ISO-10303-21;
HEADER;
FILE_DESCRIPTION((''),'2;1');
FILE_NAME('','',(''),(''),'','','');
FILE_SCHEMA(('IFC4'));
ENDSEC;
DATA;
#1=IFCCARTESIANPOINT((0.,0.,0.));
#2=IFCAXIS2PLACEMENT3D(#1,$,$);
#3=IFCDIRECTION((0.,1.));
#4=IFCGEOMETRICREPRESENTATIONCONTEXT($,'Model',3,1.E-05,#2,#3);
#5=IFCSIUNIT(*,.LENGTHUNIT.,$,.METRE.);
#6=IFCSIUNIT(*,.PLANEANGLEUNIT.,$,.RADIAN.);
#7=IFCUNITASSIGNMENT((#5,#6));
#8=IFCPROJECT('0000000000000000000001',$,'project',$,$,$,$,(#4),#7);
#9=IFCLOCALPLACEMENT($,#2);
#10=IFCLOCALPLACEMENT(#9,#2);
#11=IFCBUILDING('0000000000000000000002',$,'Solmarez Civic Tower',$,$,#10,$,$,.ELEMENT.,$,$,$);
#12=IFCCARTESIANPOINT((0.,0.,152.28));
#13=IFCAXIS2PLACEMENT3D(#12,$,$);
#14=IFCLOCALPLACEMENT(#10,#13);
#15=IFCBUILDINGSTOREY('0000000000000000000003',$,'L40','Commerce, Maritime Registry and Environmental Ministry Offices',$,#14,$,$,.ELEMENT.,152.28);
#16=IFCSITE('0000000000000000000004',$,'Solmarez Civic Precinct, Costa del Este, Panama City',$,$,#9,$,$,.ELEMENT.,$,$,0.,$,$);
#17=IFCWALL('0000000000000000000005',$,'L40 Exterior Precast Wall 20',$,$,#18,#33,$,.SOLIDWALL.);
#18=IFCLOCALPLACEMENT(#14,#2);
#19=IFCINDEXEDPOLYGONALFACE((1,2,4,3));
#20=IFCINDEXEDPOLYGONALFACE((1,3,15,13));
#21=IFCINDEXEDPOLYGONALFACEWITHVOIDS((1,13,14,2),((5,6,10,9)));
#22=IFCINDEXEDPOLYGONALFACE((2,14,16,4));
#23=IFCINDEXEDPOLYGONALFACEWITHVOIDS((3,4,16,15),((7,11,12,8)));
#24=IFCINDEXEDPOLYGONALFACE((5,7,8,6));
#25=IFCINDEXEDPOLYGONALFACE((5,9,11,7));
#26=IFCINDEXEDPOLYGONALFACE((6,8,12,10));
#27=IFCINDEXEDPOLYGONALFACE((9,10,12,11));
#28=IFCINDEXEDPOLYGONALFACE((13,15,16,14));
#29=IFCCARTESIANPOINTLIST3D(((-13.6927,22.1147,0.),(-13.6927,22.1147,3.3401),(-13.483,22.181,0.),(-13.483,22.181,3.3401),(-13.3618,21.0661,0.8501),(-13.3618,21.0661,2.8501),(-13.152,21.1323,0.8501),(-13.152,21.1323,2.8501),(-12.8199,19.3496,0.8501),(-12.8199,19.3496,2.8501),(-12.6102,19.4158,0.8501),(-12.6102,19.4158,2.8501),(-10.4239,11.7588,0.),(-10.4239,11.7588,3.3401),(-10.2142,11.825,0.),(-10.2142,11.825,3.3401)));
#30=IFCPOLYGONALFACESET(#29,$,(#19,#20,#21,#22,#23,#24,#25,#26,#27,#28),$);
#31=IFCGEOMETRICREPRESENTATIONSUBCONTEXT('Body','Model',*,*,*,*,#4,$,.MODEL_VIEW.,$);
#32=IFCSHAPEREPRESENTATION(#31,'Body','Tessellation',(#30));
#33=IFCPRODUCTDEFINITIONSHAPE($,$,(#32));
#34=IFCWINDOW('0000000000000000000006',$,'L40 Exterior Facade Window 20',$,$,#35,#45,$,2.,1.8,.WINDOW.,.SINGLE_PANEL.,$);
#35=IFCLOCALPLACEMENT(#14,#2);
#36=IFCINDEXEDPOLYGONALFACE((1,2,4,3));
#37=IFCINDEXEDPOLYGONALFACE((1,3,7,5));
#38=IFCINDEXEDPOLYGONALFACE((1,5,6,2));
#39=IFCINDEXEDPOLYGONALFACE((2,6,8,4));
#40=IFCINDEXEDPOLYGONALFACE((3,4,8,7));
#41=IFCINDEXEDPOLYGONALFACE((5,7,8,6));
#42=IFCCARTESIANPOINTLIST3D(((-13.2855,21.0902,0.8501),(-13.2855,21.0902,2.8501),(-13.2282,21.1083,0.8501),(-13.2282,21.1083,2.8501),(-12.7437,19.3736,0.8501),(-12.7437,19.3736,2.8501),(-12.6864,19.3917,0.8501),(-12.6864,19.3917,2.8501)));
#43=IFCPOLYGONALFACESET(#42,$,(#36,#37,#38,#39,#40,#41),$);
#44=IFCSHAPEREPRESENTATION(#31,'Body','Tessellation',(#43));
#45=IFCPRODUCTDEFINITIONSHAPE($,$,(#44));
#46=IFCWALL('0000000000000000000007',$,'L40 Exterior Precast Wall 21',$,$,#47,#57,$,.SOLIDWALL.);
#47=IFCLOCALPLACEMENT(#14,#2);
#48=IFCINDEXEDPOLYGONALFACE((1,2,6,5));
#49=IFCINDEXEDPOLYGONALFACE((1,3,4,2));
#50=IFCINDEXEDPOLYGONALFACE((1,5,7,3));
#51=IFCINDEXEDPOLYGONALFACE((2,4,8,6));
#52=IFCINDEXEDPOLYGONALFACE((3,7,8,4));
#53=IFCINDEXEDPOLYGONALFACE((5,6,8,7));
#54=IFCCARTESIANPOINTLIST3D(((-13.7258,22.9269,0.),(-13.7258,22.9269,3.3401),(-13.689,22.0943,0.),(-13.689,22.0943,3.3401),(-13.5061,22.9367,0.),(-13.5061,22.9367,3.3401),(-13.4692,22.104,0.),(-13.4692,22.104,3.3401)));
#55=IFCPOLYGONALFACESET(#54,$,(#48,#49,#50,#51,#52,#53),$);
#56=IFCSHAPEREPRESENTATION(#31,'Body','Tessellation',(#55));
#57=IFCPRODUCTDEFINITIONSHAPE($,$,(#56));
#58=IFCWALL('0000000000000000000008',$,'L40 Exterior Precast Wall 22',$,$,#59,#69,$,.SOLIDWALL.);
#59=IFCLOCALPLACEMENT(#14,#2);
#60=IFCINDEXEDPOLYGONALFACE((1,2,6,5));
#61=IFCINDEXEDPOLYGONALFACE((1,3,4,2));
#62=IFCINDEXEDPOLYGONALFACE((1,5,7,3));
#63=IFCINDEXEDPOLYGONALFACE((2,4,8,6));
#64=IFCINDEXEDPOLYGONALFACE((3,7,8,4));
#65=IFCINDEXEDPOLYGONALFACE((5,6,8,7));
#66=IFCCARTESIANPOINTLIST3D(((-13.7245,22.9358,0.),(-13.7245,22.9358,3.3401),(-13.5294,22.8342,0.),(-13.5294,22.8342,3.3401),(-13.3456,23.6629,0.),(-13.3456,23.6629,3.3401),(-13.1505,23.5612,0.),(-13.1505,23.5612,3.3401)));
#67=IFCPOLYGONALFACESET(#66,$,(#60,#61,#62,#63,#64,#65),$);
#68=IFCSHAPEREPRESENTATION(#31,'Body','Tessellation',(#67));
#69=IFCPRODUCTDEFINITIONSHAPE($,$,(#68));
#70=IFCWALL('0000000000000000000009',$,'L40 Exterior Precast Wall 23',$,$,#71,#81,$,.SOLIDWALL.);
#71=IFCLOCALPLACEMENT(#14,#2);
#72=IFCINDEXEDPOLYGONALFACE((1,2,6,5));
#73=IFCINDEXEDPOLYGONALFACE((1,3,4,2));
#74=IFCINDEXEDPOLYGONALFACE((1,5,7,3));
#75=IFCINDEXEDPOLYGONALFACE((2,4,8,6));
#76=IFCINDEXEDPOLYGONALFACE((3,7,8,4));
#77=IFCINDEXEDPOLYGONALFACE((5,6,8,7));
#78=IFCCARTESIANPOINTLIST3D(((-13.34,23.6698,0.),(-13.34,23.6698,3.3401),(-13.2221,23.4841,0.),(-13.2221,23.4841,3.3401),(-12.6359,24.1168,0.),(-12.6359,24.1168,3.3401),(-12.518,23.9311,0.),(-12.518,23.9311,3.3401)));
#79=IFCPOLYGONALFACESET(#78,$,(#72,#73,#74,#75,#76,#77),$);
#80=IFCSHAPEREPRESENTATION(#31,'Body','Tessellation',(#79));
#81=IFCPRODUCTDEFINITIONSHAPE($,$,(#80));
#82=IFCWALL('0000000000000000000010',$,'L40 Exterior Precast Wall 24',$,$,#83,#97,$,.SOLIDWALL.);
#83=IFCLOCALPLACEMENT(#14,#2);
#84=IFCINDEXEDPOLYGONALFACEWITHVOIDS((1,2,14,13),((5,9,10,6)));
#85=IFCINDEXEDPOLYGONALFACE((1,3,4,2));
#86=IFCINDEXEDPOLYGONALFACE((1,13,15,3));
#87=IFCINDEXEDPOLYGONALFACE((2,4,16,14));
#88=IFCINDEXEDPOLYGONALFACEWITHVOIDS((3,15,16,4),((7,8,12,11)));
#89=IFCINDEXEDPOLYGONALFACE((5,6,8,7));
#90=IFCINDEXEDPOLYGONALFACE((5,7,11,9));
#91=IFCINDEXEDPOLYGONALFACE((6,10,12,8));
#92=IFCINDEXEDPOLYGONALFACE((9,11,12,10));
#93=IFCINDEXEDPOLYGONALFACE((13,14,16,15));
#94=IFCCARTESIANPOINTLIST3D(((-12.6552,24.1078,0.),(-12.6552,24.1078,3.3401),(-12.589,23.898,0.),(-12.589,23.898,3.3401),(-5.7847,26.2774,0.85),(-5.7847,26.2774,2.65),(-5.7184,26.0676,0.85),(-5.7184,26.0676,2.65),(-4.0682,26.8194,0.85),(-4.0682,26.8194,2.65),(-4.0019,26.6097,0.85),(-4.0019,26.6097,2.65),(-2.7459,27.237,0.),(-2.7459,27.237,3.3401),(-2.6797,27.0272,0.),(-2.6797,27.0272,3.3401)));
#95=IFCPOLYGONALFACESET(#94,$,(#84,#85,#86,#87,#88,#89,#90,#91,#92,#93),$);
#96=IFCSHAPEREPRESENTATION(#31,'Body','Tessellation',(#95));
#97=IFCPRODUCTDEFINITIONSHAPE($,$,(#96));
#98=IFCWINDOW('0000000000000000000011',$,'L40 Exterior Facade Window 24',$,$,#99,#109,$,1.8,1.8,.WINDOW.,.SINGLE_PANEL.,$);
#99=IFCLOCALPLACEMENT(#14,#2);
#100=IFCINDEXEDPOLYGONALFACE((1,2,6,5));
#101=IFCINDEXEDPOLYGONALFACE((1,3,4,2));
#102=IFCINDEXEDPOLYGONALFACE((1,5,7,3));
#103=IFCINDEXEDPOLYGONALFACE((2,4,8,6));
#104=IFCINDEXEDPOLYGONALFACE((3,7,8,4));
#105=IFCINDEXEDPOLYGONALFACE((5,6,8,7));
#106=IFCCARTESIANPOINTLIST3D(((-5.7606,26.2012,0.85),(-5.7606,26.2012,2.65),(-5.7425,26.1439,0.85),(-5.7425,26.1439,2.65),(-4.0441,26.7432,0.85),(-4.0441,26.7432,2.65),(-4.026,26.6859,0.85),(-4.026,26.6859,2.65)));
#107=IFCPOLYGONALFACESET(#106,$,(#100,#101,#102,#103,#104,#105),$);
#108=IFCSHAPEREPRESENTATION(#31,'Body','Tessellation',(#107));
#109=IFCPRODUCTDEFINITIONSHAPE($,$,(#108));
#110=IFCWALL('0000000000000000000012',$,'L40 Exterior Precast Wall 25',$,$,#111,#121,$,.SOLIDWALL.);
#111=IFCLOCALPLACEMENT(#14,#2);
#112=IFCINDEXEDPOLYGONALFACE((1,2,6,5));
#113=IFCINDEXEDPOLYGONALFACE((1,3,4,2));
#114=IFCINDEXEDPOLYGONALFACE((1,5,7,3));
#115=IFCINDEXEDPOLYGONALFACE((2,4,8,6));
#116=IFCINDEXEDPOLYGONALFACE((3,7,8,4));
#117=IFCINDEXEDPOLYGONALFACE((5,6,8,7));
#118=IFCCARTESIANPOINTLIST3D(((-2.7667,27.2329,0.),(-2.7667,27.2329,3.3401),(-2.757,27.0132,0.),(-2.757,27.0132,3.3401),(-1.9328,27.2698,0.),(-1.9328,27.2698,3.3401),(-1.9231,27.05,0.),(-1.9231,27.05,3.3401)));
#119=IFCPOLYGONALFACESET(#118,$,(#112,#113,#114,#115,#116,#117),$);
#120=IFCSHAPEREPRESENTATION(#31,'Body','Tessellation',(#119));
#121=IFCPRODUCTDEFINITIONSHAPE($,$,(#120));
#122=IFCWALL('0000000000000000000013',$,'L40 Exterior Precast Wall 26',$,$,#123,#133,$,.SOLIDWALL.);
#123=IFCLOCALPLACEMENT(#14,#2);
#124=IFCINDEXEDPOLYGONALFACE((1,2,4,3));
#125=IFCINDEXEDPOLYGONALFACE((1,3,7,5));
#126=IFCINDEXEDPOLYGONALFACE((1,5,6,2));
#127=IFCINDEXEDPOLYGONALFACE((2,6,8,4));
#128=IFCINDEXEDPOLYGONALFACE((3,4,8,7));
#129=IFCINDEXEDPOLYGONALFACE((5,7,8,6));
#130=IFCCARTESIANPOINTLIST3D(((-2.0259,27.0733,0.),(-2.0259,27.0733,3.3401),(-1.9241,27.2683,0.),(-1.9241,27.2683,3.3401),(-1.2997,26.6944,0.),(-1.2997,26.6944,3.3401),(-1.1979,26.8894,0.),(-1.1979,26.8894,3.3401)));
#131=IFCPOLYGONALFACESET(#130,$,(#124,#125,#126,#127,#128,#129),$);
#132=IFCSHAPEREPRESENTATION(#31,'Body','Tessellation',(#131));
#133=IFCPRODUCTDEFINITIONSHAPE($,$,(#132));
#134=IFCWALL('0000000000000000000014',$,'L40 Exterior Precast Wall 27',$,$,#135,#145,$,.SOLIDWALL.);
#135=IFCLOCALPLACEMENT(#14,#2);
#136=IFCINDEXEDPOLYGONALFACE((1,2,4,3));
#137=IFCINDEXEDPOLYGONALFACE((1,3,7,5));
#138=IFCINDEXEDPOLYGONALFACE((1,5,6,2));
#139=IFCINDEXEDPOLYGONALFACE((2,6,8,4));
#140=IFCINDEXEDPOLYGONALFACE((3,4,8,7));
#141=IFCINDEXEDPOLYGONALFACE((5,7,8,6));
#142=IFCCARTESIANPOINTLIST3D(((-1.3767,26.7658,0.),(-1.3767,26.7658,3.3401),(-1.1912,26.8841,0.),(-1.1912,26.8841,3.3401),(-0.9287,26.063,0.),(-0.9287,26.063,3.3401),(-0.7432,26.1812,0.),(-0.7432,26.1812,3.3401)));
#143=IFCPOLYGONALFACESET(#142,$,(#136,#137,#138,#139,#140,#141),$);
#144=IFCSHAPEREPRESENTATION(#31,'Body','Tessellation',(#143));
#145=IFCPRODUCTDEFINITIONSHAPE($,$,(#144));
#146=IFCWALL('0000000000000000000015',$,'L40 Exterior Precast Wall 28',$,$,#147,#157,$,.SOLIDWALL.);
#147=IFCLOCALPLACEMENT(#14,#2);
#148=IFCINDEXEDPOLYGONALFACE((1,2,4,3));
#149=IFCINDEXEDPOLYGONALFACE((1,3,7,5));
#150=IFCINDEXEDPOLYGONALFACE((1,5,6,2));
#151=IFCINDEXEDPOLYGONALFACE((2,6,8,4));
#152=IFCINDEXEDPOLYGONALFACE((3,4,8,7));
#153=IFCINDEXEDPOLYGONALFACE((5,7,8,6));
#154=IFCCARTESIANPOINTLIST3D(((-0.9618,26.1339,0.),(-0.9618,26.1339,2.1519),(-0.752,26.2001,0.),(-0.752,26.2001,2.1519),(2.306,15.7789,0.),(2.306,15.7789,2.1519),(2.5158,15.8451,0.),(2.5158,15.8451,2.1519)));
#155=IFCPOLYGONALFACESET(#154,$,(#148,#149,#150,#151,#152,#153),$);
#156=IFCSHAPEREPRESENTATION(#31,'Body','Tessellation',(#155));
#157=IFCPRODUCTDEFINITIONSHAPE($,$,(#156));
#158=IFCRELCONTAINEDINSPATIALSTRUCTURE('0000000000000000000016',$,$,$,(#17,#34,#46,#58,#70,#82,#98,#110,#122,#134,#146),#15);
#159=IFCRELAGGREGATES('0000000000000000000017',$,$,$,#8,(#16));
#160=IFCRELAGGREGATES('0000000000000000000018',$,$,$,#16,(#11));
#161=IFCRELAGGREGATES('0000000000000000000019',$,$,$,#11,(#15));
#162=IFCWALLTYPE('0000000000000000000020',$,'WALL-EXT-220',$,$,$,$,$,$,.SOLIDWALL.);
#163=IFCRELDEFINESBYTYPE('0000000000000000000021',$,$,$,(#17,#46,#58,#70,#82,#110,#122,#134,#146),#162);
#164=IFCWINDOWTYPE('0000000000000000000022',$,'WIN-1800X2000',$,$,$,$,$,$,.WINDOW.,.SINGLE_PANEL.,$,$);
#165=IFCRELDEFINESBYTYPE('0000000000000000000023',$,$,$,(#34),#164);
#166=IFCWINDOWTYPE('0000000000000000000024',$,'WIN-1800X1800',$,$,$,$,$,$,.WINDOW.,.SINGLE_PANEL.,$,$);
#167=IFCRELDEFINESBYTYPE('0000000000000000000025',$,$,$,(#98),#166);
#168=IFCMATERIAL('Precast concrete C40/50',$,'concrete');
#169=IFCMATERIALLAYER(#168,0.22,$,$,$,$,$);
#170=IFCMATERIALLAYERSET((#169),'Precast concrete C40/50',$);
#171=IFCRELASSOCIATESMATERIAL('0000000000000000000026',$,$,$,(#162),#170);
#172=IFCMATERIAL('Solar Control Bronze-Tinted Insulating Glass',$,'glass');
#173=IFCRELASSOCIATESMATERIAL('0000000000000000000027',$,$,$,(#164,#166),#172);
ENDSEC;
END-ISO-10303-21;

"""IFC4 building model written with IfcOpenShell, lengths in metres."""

from ifc_helpers import new_model, si_unit, direction, frame, frame_2d, origin, place, context, subcontext, project, spatial, rectangle, extrude, material, layer, layer_set, type_object, element, fill, save


model = new_model("IFC4")

# Units and contexts
model_context = context("Model", 3, precision=1e-05, world=origin(), true_north=direction((0.0, 1.0)))
body_context = subcontext(model_context, "Body", "Model", "MODEL_VIEW")
ifc_project = project(units=[si_unit("LENGTHUNIT", "METRE"), si_unit("PLANEANGLEUNIT", "RADIAN")], contexts=[model_context])

# Site, building, storey
site_placement = place(None, origin())
site = spatial("IfcSite", under=ifc_project, at=site_placement, Name="Solmarez Civic Precinct, Costa del Este, Panama City", CompositionType="ELEMENT", RefElevation=0.0)
building_placement = place(site_placement, origin())
building = spatial("IfcBuilding", under=site, at=building_placement, Name="Solmarez Civic Tower", CompositionType="ELEMENT")
storey_placement = place(building_placement, frame((0.0, 0.0, 152.28)))
storey = spatial("IfcBuildingStorey", under=building, at=storey_placement, Name="L40", Description="Commerce, Maritime Registry and Environmental Ministry Offices", CompositionType="ELEMENT", Elevation=152.28)

# Shared definitions
ifc_material_1 = material(Name="Precast concrete C40/50", Category="concrete")
ifc_layer_1 = layer(ifc_material_1, 0.22)
ifc_layer_set_1 = layer_set([ifc_layer_1], Name="Precast concrete C40/50")
wall_type_1 = type_object("IfcWallType", Name="WALL-EXT-220", PredefinedType="SOLIDWALL", material=ifc_layer_set_1)

# Wall, opening, window
wall_1_placement = place(storey_placement, frame((-10.3191, 11.792, 0.0), z_axis=(0.0, 0.0, 1.0), x_axis=(-0.301005, 0.953622, 0.0)))
wall_1 = element("IfcWall", 1, at=wall_1_placement, inside=storey, type_object=wall_type_1, Name="L40 Exterior Precast Wall 20", PredefinedType="SOLIDWALL", context=body_context, shape_type="SweptSolid", body=[
    extrude(rectangle(XDim=10.8596, YDim=0.22, at=frame_2d((5.4297, 0.0))), origin(), (0.0, 0.0, 1.0), 3.3401),
])
opening_1_placement = place(wall_1_placement, frame((7.96, 0.0, 0.8501)))
opening_1 = element("IfcOpeningElement", 2, at=opening_1_placement, cuts=wall_1, PredefinedType="OPENING", context=body_context, shape_type="SweptSolid", body=[
    extrude(rectangle(XDim=1.8, YDim=2.0, at=frame_2d((0.8999, 1.0))), frame((0.0, 0.1199, 0.0), z_axis=(0.0, -1.0, 0.0), x_axis=(1.0, 0.0, 0.0)), (0.0, 0.0, 1.0), 0.24),
])
ifc_material_2 = material(Name="Solar Control Bronze-Tinted Insulating Glass", Category="glass")
window_type_1 = type_object("IfcWindowType", Name="WIN-1800X2000", PartitioningType="SINGLE_PANEL", PredefinedType="WINDOW", material=ifc_material_2)
window_1_placement = place(opening_1_placement, origin())
window_1 = element("IfcWindow", 3, at=window_1_placement, inside=storey, type_object=window_type_1, Name="L40 Exterior Facade Window 20", OverallHeight=2.0, OverallWidth=1.8, PartitioningType="SINGLE_PANEL", PredefinedType="WINDOW", context=body_context, shape_type="SweptSolid", body=[
    extrude(rectangle(XDim=1.8, YDim=2.0, at=frame_2d((0.8999, 1.0))), frame((0.0, 0.03, 0.0), z_axis=(0.0, -1.0, 0.0), x_axis=(1.0, 0.0, 0.0)), (0.0, 0.0, 1.0), 0.0601),
])
fill(opening_1, window_1)

# Walls
wall_2_placement = place(storey_placement, frame((-13.5791, 22.0991, 0.0), z_axis=(0.0, 0.0, 1.0), x_axis=(-0.044225, 0.999022, 0.0)))
element("IfcWall", 4, at=wall_2_placement, inside=storey, type_object=wall_type_1, Name="L40 Exterior Precast Wall 21", PredefinedType="SOLIDWALL", context=body_context, shape_type="SweptSolid", body=[
    extrude(rectangle(XDim=0.8335, YDim=0.22, at=frame_2d((0.4167, 0.0))), origin(), (0.0, 0.0, 1.0), 3.3401),
])
wall_3_placement = place(storey_placement, frame((-13.627, 22.885, 0.0), z_axis=(0.0, 0.0, 1.0), x_axis=(0.462159, 0.886797, 0.0)))
element("IfcWall", 5, at=wall_3_placement, inside=storey, type_object=wall_type_1, Name="L40 Exterior Precast Wall 22", PredefinedType="SOLIDWALL", context=body_context, shape_type="SweptSolid", body=[
    extrude(rectangle(XDim=0.8198, YDim=0.22, at=frame_2d((0.4099, 0.0))), origin(), (0.0, 0.0, 1.0), 3.3401),
])
wall_4_placement = place(storey_placement, frame((-13.281, 23.5769, 0.0), z_axis=(0.0, 0.0, 1.0), x_axis=(0.844228, 0.535985, 0.0)))
element("IfcWall", 6, at=wall_4_placement, inside=storey, type_object=wall_type_1, Name="L40 Exterior Precast Wall 23", PredefinedType="SOLIDWALL", context=body_context, shape_type="SweptSolid", body=[
    extrude(rectangle(XDim=0.834, YDim=0.22, at=frame_2d((0.417, 0.0))), origin(), (0.0, 0.0, 1.0), 3.3401),
])

# Wall, opening, window
wall_5_placement = place(storey_placement, frame((-12.6221, 24.0029, 0.0), z_axis=(0.0, 0.0, 1.0), x_axis=(0.953584, 0.301126, 0.0)))
wall_5 = element("IfcWall", 7, at=wall_5_placement, inside=storey, type_object=wall_type_1, Name="L40 Exterior Precast Wall 24", PredefinedType="SOLIDWALL", context=body_context, shape_type="SweptSolid", body=[
    extrude(rectangle(XDim=10.3916, YDim=0.22, at=frame_2d((5.1958, 0.0))), origin(), (0.0, 0.0, 1.0), 3.3401),
])
opening_2_placement = place(wall_5_placement, frame((7.2051, 0.0, 0.8501)))
opening_2 = element("IfcOpeningElement", 8, at=opening_2_placement, cuts=wall_5, PredefinedType="OPENING", context=body_context, shape_type="SweptSolid", body=[
    extrude(rectangle(XDim=1.8, YDim=1.8, at=frame_2d((0.8999, 0.8999))), frame((0.0, 0.1199, 0.0), z_axis=(0.0, -1.0, 0.0), x_axis=(1.0, 0.0, 0.0)), (0.0, 0.0, 1.0), 0.24),
])
window_type_2 = type_object("IfcWindowType", Name="WIN-1800X1800", PartitioningType="SINGLE_PANEL", PredefinedType="WINDOW", material=ifc_material_2)
window_2_placement = place(opening_2_placement, origin())
window_2 = element("IfcWindow", 9, at=window_2_placement, inside=storey, type_object=window_type_2, Name="L40 Exterior Facade Window 24", OverallHeight=1.8, OverallWidth=1.8, PartitioningType="SINGLE_PANEL", PredefinedType="WINDOW", context=body_context, shape_type="SweptSolid", body=[
    extrude(rectangle(XDim=1.8, YDim=1.8, at=frame_2d((0.8999, 0.8999))), frame((0.0, 0.03, 0.0), z_axis=(0.0, -1.0, 0.0), x_axis=(1.0, 0.0, 0.0)), (0.0, 0.0, 1.0), 0.0601),
])
fill(opening_2, window_2)

# Walls
wall_6_placement = place(storey_placement, frame((-2.762, 27.123, 0.0), z_axis=(0.0, 0.0, 1.0), x_axis=(0.999024, 0.044161, 0.0)))
element("IfcWall", 10, at=wall_6_placement, inside=storey, type_object=wall_type_1, Name="L40 Exterior Precast Wall 25", PredefinedType="SOLIDWALL", context=body_context, shape_type="SweptSolid", body=[
    extrude(rectangle(XDim=0.8347, YDim=0.22, at=frame_2d((0.4175, 0.0))), origin(), (0.0, 0.0, 1.0), 3.3401),
])
wall_7_placement = place(storey_placement, frame((-1.9751, 27.1709, 0.0), z_axis=(0.0, 0.0, 1.0), x_axis=(0.886542, -0.462648, 0.0)))
element("IfcWall", 11, at=wall_7_placement, inside=storey, type_object=wall_type_1, Name="L40 Exterior Precast Wall 26", PredefinedType="SOLIDWALL", context=body_context, shape_type="SweptSolid", body=[
    extrude(rectangle(XDim=0.8191, YDim=0.22, at=frame_2d((0.4097, 0.0))), origin(), (0.0, 0.0, 1.0), 3.3401),
])
wall_8_placement = place(storey_placement, frame((-1.2839, 26.825, 0.0), z_axis=(0.0, 0.0, 1.0), x_axis=(0.537482, -0.843275, 0.0)))
element("IfcWall", 12, at=wall_8_placement, inside=storey, type_object=wall_type_1, Name="L40 Exterior Precast Wall 27", PredefinedType="SOLIDWALL", context=body_context, shape_type="SweptSolid", body=[
    extrude(rectangle(XDim=0.8335, YDim=0.22, at=frame_2d((0.4167, 0.0))), origin(), (0.0, 0.0, 1.0), 3.3401),
])
wall_9_placement = place(storey_placement, frame((-0.8569, 26.167, 0.0), z_axis=(0.0, 0.0, 1.0), x_axis=(0.30095, -0.95364, 0.0)))
element("IfcWall", 13, at=wall_9_placement, inside=storey, type_object=wall_type_1, Name="L40 Exterior Precast Wall 28", PredefinedType="SOLIDWALL", context=body_context, shape_type="SweptSolid", body=[
    extrude(rectangle(XDim=10.8584, YDim=0.22, at=frame_2d((5.4292, 0.0))), origin(), (0.0, 0.0, 1.0), 2.1519),
])

save(model, "model.ifc")
